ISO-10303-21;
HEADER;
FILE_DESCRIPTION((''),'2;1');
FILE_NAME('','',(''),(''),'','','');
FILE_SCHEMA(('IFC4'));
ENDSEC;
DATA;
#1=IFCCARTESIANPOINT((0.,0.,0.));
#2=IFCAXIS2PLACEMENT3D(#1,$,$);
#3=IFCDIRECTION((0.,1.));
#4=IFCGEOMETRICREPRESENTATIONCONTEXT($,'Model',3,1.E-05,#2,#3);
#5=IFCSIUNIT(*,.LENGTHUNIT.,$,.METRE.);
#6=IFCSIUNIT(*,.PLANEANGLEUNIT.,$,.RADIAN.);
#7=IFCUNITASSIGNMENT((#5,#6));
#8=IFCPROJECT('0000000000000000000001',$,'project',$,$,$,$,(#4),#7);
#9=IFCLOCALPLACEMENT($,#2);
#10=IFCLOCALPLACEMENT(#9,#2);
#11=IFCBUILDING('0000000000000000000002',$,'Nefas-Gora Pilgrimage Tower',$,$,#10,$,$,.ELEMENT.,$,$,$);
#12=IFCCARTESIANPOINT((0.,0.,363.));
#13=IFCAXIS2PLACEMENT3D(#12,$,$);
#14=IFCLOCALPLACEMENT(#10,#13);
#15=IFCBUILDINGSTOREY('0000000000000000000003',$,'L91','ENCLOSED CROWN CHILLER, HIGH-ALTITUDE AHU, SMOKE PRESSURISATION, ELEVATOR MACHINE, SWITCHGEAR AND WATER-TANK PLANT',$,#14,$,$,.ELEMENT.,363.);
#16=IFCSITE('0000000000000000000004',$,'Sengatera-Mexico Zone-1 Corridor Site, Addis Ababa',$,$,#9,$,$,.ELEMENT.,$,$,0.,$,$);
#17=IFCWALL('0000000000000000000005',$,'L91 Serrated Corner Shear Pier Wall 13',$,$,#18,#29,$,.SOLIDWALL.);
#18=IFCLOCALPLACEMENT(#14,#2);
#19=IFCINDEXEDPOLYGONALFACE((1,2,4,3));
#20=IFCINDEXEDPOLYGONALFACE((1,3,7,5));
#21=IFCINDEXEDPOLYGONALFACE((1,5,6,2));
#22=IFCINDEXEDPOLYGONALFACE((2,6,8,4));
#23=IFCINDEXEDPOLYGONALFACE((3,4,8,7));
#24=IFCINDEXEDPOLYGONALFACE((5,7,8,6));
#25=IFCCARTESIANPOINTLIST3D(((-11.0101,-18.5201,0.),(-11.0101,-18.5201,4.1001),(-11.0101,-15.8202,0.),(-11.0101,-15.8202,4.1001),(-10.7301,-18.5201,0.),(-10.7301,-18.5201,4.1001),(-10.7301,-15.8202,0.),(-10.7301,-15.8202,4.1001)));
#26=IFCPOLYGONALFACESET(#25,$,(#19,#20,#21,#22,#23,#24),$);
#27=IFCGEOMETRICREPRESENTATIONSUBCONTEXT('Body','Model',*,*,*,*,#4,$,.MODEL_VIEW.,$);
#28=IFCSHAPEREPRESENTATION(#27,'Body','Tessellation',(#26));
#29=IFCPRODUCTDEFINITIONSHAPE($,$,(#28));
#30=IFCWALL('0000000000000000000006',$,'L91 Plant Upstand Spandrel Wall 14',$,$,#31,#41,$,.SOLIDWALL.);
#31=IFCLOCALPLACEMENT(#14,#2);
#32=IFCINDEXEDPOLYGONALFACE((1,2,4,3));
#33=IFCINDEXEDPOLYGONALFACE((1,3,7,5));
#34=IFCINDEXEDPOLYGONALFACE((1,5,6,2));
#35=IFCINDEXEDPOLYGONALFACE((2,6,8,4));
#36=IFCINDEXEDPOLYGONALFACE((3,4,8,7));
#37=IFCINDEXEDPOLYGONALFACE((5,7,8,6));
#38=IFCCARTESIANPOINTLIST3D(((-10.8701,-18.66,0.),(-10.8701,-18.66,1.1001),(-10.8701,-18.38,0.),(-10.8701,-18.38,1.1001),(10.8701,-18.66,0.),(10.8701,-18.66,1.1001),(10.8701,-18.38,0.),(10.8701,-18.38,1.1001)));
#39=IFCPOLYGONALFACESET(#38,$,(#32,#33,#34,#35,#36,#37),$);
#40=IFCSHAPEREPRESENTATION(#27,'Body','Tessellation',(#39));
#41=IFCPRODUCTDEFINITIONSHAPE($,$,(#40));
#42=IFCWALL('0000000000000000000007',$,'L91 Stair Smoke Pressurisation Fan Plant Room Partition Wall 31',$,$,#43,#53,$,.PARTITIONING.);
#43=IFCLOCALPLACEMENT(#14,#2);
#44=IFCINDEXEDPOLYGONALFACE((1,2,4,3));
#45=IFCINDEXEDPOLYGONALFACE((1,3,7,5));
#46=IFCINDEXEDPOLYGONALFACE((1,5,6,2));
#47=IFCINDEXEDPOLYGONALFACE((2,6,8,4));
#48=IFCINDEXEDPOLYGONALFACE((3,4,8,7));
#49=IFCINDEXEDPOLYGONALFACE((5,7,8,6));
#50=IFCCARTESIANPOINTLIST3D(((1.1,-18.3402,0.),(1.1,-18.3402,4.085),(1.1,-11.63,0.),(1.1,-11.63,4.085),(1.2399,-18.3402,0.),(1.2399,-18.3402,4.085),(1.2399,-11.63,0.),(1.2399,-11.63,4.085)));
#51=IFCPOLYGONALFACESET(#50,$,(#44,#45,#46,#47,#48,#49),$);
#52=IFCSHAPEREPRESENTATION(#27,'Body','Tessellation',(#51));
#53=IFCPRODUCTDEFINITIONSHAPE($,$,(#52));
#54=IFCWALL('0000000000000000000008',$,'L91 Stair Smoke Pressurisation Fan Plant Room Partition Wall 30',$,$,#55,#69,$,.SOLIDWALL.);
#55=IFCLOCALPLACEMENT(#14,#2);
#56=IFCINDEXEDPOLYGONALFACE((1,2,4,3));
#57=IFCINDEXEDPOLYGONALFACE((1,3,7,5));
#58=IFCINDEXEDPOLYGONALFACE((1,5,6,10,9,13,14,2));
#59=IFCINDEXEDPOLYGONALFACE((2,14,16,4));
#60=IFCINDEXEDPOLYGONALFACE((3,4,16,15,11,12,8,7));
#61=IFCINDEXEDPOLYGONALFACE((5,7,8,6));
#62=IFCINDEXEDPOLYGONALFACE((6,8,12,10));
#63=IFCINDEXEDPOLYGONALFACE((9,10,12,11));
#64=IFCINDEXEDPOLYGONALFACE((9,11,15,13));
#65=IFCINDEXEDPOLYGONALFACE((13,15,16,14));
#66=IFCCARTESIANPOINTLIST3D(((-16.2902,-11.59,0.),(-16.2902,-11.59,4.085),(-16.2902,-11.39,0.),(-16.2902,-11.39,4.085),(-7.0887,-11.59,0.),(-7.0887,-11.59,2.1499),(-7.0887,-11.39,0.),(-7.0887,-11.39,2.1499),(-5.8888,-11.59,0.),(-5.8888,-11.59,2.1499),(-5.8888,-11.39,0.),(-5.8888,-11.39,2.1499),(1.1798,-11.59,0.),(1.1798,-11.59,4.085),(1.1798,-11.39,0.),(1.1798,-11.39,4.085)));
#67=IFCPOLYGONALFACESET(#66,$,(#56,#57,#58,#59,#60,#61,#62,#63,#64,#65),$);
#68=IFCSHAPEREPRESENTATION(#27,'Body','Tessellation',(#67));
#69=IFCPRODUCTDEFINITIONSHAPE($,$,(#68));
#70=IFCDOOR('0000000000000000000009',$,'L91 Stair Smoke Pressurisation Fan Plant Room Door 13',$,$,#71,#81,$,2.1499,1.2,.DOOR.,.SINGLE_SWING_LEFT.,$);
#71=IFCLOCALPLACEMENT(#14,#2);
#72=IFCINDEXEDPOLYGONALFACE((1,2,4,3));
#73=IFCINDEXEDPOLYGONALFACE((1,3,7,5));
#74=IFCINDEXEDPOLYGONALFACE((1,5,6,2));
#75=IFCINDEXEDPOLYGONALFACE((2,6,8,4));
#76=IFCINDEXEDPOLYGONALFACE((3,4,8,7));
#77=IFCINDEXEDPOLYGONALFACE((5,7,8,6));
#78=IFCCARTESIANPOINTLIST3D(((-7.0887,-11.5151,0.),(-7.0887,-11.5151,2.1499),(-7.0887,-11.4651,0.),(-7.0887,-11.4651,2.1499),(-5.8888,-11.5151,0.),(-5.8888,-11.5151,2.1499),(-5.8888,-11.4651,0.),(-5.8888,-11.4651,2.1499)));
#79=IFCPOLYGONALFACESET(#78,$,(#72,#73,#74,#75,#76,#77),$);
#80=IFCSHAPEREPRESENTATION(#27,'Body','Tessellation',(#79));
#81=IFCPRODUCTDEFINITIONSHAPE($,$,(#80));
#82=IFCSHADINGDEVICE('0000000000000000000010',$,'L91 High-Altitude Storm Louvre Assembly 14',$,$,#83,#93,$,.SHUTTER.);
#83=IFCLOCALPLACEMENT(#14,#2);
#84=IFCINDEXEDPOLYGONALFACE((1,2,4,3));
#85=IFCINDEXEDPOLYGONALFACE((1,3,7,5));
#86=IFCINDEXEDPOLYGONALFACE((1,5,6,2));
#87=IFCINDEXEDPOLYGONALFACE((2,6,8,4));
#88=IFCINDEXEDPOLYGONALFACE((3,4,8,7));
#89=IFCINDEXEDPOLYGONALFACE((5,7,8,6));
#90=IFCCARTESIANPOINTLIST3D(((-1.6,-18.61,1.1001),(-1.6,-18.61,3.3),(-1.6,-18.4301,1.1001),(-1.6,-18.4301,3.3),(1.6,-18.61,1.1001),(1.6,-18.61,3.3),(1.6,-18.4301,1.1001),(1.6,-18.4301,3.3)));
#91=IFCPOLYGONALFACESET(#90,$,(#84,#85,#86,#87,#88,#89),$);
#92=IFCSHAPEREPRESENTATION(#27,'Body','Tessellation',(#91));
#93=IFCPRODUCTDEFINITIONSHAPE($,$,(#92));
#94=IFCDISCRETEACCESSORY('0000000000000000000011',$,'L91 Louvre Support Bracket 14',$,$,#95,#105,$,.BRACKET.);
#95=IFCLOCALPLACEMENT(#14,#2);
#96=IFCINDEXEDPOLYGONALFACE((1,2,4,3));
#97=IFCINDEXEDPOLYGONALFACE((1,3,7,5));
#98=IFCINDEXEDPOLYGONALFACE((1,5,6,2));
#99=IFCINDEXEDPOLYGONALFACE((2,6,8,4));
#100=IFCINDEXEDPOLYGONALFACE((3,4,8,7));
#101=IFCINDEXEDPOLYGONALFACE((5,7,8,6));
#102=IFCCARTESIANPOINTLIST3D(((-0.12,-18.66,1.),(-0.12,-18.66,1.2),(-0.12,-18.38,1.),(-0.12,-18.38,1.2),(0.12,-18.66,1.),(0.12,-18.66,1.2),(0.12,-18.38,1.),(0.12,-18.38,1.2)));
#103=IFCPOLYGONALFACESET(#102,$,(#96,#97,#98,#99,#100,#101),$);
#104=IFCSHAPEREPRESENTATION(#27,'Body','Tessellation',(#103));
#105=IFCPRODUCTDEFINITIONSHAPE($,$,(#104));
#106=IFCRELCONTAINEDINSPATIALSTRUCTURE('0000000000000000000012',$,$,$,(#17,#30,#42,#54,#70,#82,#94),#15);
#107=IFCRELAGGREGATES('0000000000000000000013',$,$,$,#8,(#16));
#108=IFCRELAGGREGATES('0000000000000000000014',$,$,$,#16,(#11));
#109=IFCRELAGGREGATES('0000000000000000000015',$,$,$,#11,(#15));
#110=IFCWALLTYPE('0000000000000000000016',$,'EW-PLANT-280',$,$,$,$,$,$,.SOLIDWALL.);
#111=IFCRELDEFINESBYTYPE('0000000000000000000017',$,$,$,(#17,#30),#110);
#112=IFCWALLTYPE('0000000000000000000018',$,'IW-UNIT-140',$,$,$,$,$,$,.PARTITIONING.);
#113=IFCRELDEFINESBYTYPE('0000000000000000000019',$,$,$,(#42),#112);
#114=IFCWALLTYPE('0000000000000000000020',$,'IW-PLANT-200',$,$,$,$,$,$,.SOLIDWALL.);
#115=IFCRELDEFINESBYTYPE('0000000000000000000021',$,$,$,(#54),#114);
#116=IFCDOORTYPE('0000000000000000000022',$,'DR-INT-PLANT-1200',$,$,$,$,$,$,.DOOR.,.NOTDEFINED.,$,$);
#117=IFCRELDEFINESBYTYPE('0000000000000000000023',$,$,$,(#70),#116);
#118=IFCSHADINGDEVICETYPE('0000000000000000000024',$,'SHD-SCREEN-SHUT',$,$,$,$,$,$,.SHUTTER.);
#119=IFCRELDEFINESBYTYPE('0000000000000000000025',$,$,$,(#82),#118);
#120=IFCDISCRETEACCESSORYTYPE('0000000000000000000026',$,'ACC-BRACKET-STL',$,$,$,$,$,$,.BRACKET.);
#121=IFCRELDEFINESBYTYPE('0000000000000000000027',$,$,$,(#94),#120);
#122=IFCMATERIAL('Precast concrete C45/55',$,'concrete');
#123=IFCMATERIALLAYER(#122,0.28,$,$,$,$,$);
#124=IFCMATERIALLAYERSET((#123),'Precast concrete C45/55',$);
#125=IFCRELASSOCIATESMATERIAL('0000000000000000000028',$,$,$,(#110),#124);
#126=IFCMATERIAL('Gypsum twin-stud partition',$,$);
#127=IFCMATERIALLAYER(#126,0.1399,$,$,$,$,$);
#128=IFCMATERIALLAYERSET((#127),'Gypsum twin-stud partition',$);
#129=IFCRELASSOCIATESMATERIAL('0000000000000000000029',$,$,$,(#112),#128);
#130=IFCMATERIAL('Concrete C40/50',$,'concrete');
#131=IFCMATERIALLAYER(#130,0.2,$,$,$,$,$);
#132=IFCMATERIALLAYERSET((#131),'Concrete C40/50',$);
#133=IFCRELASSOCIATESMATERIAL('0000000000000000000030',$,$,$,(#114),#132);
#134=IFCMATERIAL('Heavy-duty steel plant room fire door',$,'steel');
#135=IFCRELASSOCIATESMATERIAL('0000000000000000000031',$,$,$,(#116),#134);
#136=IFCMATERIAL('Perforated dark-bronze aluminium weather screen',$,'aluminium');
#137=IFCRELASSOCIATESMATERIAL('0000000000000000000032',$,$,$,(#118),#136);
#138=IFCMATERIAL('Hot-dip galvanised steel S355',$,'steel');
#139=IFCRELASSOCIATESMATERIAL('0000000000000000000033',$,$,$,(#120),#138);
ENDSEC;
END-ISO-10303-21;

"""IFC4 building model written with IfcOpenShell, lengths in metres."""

from ifc_helpers import new_model, si_unit, direction, frame, frame_2d, origin, origin_2d, place, context, subcontext, project, spatial, rectangle, extrude, source, transform, mapped, material, layer, layer_set, type_object, element, fill, save


model = new_model("IFC4")

# Units and contexts
model_context = context("Model", 3, precision=1e-05, world=origin(), true_north=direction((0.0, 1.0)))
body_context = subcontext(model_context, "Body", "Model", "MODEL_VIEW")
ifc_project = project(units=[si_unit("LENGTHUNIT", "METRE"), si_unit("PLANEANGLEUNIT", "RADIAN")], contexts=[model_context])

# Site, building, storey
site_placement = place(None, origin())
site = spatial("IfcSite", under=ifc_project, at=site_placement, Name="Sengatera-Mexico Zone-1 Corridor Site, Addis Ababa", CompositionType="ELEMENT", RefElevation=0.0)
building_placement = place(site_placement, origin())
building = spatial("IfcBuilding", under=site, at=building_placement, Name="Nefas-Gora Pilgrimage Tower", CompositionType="ELEMENT")
storey_placement = place(building_placement, frame((0.0, 0.0, 363.0)))
storey = spatial("IfcBuildingStorey", under=building, at=storey_placement, Name="L91", Description="ENCLOSED CROWN CHILLER, HIGH-ALTITUDE AHU, SMOKE PRESSURISATION, ELEVATOR MACHINE, SWITCHGEAR AND WATER-TANK PLANT", CompositionType="ELEMENT", Elevation=363.0)

# Walls
ifc_material_1 = material(Name="Precast concrete C45/55", Category="concrete")
ifc_layer_1 = layer(ifc_material_1, 0.28)
ifc_layer_set_1 = layer_set([ifc_layer_1], Name="Precast concrete C45/55")
wall_type_1 = type_object("IfcWallType", Name="EW-PLANT-280", PredefinedType="SOLIDWALL", material=ifc_layer_set_1)
shared_shape_1 = source(origin(), body_context, "Body", "SweptSolid", [
    extrude(rectangle(XDim=2.7, YDim=0.28, at=frame_2d((1.3501, 0.0))), origin(), (0.0, 0.0, 1.0), 4.1001),
])
for number, where, z_axis, x_axis, name in (
    (1, (-10.8701, -15.8201, 0.0), (0.0, 0.0, 1.0), (0.0, -1.0, 0.0), "L91 Serrated Corner Shear Pier Wall 13"),
):
    element("IfcWall", number, at=place(storey_placement, frame(where, z_axis=z_axis, x_axis=x_axis)), inside=storey, type_object=wall_type_1, Name=name, PredefinedType="SOLIDWALL", context=body_context, shape_type="MappedRepresentation", body=[
        mapped(shared_shape_1, transform((0.0, 0.0, 0.0), x_axis=(1.0, 0.0, 0.0), y_axis=(0.0, 1.0, 0.0), z_axis=(0.0, 0.0, 1.0), scale=1.0)),
    ])
shared_shape_2 = source(origin(), body_context, "Body", "SweptSolid", [
    extrude(rectangle(XDim=21.7402, YDim=0.28, at=frame_2d((10.8701, 0.0))), origin(), (0.0, 0.0, 1.0), 1.1001),
])
wall_1_placement = place(storey_placement, frame((-10.8701, -18.52, 0.0), z_axis=(0.0, 0.0, 1.0), x_axis=(1.0, 0.0, 0.0)))
element("IfcWall", 2, at=wall_1_placement, inside=storey, type_object=wall_type_1, Name="L91 Plant Upstand Spandrel Wall 14", PredefinedType="SOLIDWALL", context=body_context, shape_type="MappedRepresentation", body=[
    mapped(shared_shape_2, transform((0.0, 0.0, 0.0), x_axis=(1.0, 0.0, 0.0), y_axis=(0.0, 1.0, 0.0), z_axis=(0.0, 0.0, 1.0), scale=1.0)),
])
ifc_material_2 = material(Name="Gypsum twin-stud partition")
ifc_layer_2 = layer(ifc_material_2, 0.1399)
ifc_layer_set_2 = layer_set([ifc_layer_2], Name="Gypsum twin-stud partition")
wall_type_2 = type_object("IfcWallType", Name="IW-UNIT-140", PredefinedType="PARTITIONING", material=ifc_layer_set_2)
shared_shape_3 = source(origin(), body_context, "Body", "SweptSolid", [
    extrude(rectangle(XDim=6.7102, YDim=0.1399, at=frame_2d((3.355, 0.0))), origin(), (0.0, 0.0, 1.0), 4.085),
])
wall_2_placement = place(storey_placement, frame((1.1699, -18.3401, 0.0), z_axis=(0.0, 0.0, 1.0), x_axis=(0.0, 1.0, 0.0)))
element("IfcWall", 3, at=wall_2_placement, inside=storey, type_object=wall_type_2, Name="L91 Stair Smoke Pressurisation Fan Plant Room Partition Wall 31", PredefinedType="PARTITIONING", context=body_context, shape_type="MappedRepresentation", body=[
    mapped(shared_shape_3, transform((0.0, 0.0, 0.0), x_axis=(1.0, 0.0, 0.0), y_axis=(0.0, 1.0, 0.0), z_axis=(0.0, 0.0, 1.0), scale=1.0)),
])

# Wall, opening, door
ifc_material_3 = material(Name="Concrete C40/50", Category="concrete")
ifc_layer_3 = layer(ifc_material_3, 0.2)
ifc_layer_set_3 = layer_set([ifc_layer_3], Name="Concrete C40/50")
wall_type_3 = type_object("IfcWallType", Name="IW-PLANT-200", PredefinedType="SOLIDWALL", material=ifc_layer_set_3)
shared_shape_4 = source(origin(), body_context, "Body", "SweptSolid", [
    extrude(rectangle(XDim=17.47, YDim=0.2, at=frame_2d((8.7349, 0.0))), origin(), (0.0, 0.0, 1.0), 4.085),
])
wall_3_placement = place(storey_placement, frame((-16.29, -11.49, 0.0), z_axis=(0.0, 0.0, 1.0), x_axis=(1.0, 0.0, 0.0)))
wall_3 = element("IfcWall", 4, at=wall_3_placement, inside=storey, type_object=wall_type_3, Name="L91 Stair Smoke Pressurisation Fan Plant Room Partition Wall 30", PredefinedType="SOLIDWALL", context=body_context, shape_type="MappedRepresentation", body=[
    mapped(shared_shape_4, transform((0.0, 0.0, 0.0), x_axis=(1.0, 0.0, 0.0), y_axis=(0.0, 1.0, 0.0), z_axis=(0.0, 0.0, 1.0), scale=1.0)),
])
opening_placement = place(wall_3_placement, frame((9.2012, 0.0, 0.0)))
opening = element("IfcOpeningElement", 5, at=opening_placement, cuts=wall_3, PredefinedType="OPENING", context=body_context, shape_type="SweptSolid", body=[
    extrude(rectangle(XDim=1.2, YDim=2.1499, at=frame_2d((0.6001, 1.075))), frame((0.0, 0.1099, 0.0), z_axis=(0.0, -1.0, 0.0), x_axis=(1.0, 0.0, 0.0)), (0.0, 0.0, 1.0), 0.22),
])
ifc_material_4 = material(Name="Heavy-duty steel plant room fire door", Category="steel")
door_type = type_object("IfcDoorType", Name="DR-INT-PLANT-1200", OperationType="NOTDEFINED", PredefinedType="DOOR", material=ifc_material_4)
shared_shape_5 = source(origin(), body_context, "Body", "SweptSolid", [
    extrude(rectangle(XDim=1.2, YDim=2.1499, at=frame_2d((0.6001, 1.075))), frame((0.0, 0.0249, 0.0), z_axis=(0.0, -1.0, 0.0), x_axis=(1.0, 0.0, 0.0)), (0.0, 0.0, 1.0), 0.05),
])
door_placement = place(opening_placement, origin())
door = element("IfcDoor", 6, at=door_placement, inside=storey, type_object=door_type, Name="L91 Stair Smoke Pressurisation Fan Plant Room Door 13", OperationType="SINGLE_SWING_LEFT", OverallHeight=2.1499, OverallWidth=1.2, PredefinedType="DOOR", context=body_context, shape_type="MappedRepresentation", body=[
    mapped(shared_shape_5, transform((0.0, 0.0, 0.0), x_axis=(1.0, 0.0, 0.0), y_axis=(0.0, 1.0, 0.0), z_axis=(0.0, 0.0, 1.0), scale=1.0)),
])
fill(opening, door)

# Shading device
ifc_material_5 = material(Name="Perforated dark-bronze aluminium weather screen", Category="aluminium")
shading_device_type = type_object("IfcShadingDeviceType", Name="SHD-SCREEN-SHUT", PredefinedType="SHUTTER", material=ifc_material_5)
shared_shape_6 = source(origin(), body_context, "Body", "SweptSolid", [
    extrude(rectangle(XDim=3.2, YDim=0.1799, at=origin_2d()), origin(), (0.0, 0.0, 1.0), 2.2),
])
shading_device_placement = place(storey_placement, frame((0.0, -18.52, 1.1001), z_axis=(0.0, 0.0, 1.0), x_axis=(1.0, 0.0, 0.0)))
element("IfcShadingDevice", 7, at=shading_device_placement, inside=storey, type_object=shading_device_type, Name="L91 High-Altitude Storm Louvre Assembly 14", PredefinedType="SHUTTER", context=body_context, shape_type="MappedRepresentation", body=[
    mapped(shared_shape_6, transform((0.0, 0.0, 0.0), x_axis=(1.0, 0.0, 0.0), y_axis=(0.0, 1.0, 0.0), z_axis=(0.0, 0.0, 1.0), scale=1.0)),
])

# Discrete accessory
ifc_material_6 = material(Name="Hot-dip galvanised steel S355", Category="steel")
discrete_accessory_type = type_object("IfcDiscreteAccessoryType", Name="ACC-BRACKET-STL", PredefinedType="BRACKET", material=ifc_material_6)
shared_shape_7 = source(origin(), body_context, "Body", "SweptSolid", [
    extrude(rectangle(XDim=0.24, YDim=0.28, at=origin_2d()), origin(), (0.0, 0.0, 1.0), 0.2),
])
discrete_accessory_placement = place(storey_placement, frame((0.0, -18.52, 1.0), z_axis=(0.0, 0.0, 1.0), x_axis=(1.0, 0.0, 0.0)))
element("IfcDiscreteAccessory", 8, at=discrete_accessory_placement, inside=storey, type_object=discrete_accessory_type, Name="L91 Louvre Support Bracket 14", PredefinedType="BRACKET", context=body_context, shape_type="MappedRepresentation", body=[
    mapped(shared_shape_7, transform((0.0, 0.0, 0.0), x_axis=(1.0, 0.0, 0.0), y_axis=(0.0, 1.0, 0.0), z_axis=(0.0, 0.0, 1.0), scale=1.0)),
])

save(model, "model.ifc")
